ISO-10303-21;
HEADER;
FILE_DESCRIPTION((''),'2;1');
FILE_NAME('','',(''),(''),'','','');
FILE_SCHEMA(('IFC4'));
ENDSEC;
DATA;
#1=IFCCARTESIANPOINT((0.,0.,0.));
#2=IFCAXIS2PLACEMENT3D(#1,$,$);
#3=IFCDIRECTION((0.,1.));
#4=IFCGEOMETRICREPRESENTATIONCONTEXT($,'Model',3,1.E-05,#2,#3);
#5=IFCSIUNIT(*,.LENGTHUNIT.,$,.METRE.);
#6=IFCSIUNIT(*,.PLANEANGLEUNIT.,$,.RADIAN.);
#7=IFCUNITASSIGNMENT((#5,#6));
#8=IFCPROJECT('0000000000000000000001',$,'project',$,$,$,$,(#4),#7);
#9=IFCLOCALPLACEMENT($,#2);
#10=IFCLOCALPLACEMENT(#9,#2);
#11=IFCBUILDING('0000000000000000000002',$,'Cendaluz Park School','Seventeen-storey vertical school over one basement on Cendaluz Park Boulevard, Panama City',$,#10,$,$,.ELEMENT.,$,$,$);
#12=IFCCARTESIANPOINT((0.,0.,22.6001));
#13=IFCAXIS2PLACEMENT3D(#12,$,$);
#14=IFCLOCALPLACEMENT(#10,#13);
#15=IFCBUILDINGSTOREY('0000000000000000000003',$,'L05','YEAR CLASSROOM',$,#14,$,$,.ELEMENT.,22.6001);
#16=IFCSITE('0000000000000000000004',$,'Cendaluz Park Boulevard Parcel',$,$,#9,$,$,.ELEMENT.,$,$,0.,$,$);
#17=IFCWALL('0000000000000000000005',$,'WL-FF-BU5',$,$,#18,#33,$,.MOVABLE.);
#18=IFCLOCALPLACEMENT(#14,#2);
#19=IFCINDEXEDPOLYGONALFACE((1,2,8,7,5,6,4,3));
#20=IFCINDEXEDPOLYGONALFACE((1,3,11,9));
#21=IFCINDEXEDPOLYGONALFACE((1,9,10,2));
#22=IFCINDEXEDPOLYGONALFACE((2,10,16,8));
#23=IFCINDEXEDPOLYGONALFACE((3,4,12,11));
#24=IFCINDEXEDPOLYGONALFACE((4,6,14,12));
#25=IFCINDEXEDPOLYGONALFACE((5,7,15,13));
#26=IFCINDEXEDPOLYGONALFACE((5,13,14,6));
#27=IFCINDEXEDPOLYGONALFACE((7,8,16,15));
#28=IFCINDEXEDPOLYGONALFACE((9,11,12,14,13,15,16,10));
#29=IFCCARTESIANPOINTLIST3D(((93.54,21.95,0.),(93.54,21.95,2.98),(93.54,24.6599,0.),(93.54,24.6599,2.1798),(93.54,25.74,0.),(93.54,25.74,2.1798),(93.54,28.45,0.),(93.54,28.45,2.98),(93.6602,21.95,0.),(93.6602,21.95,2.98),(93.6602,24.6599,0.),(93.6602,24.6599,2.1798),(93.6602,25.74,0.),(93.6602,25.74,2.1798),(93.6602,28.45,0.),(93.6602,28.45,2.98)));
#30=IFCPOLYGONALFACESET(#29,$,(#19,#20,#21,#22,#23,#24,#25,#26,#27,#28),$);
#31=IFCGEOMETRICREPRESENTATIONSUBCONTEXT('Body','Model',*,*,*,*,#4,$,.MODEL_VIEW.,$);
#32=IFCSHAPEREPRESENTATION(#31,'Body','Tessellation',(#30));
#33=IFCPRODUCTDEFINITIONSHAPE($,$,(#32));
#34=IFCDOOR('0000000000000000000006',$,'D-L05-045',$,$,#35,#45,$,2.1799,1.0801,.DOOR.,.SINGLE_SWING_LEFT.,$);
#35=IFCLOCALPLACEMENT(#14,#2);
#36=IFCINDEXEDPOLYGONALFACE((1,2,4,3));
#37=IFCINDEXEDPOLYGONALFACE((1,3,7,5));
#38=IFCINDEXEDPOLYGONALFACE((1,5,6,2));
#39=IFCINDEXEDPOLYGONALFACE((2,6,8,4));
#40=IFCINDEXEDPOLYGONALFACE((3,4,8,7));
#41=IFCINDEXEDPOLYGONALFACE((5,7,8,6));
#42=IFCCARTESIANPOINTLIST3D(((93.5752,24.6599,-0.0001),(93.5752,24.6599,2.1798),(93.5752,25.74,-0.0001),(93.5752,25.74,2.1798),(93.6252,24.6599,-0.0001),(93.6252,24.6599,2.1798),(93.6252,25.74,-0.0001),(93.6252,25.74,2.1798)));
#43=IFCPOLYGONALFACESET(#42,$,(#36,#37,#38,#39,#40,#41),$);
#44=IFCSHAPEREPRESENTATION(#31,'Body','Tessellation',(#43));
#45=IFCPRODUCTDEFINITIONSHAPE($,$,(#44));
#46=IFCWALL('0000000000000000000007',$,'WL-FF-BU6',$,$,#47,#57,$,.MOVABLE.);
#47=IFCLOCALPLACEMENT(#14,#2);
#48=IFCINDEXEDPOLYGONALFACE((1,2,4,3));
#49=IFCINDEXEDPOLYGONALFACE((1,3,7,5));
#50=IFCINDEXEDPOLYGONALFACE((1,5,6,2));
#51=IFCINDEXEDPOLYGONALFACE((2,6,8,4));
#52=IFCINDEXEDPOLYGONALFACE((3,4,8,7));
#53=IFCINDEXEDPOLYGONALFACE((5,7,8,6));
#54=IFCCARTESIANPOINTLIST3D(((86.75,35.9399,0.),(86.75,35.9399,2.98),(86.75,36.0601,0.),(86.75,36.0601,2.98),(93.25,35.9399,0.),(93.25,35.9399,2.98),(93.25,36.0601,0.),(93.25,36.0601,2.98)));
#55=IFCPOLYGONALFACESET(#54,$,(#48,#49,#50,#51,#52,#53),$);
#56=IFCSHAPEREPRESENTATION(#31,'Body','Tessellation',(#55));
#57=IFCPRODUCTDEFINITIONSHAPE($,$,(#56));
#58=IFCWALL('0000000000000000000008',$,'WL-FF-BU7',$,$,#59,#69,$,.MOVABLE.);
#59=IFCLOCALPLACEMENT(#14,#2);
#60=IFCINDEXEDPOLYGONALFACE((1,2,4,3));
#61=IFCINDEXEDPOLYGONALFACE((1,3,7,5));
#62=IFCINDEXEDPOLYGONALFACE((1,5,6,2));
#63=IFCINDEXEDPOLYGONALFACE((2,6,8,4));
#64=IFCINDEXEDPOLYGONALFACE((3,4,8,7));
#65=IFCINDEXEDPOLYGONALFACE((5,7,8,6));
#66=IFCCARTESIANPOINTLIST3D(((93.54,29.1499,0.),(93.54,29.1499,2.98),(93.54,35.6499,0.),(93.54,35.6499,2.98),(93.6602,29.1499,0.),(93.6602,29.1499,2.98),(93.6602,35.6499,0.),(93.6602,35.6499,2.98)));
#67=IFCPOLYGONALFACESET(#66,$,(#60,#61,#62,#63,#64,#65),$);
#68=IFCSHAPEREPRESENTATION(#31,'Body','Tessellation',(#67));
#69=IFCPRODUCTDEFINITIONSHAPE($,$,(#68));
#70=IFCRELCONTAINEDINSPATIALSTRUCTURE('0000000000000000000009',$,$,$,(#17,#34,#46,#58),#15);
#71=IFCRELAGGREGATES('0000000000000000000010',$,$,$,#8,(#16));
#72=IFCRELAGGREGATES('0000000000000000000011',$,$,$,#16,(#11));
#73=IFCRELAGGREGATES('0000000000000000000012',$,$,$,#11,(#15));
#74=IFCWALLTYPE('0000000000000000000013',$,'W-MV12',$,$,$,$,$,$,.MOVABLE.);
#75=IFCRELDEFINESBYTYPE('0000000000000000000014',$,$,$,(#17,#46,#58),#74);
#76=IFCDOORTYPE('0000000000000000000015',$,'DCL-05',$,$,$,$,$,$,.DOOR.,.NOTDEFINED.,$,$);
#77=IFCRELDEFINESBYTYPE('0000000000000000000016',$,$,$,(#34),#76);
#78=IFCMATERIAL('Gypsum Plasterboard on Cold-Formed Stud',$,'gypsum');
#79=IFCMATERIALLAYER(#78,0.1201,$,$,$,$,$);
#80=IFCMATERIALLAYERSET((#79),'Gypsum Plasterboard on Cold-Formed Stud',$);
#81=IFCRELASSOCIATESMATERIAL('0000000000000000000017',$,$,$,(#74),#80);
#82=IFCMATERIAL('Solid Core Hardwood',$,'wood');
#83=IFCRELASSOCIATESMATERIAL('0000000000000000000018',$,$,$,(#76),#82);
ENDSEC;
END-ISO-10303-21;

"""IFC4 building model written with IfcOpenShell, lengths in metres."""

from ifc_helpers import new_model, si_unit, direction, frame, frame_2d, origin, place, context, subcontext, project, spatial, rectangle, extrude, material, layer, layer_set, type_object, element, fill, save


model = new_model("IFC4")

# Units and contexts
model_context = context("Model", 3, precision=1e-05, world=origin(), true_north=direction((0.0, 1.0)))
body_context = subcontext(model_context, "Body", "Model", "MODEL_VIEW")
ifc_project = project(units=[si_unit("LENGTHUNIT", "METRE"), si_unit("PLANEANGLEUNIT", "RADIAN")], contexts=[model_context])

# Site, building, storey
site_placement = place(None, origin())
site = spatial("IfcSite", under=ifc_project, at=site_placement, Name="Cendaluz Park Boulevard Parcel", CompositionType="ELEMENT", RefElevation=0.0)
building_placement = place(site_placement, origin())
building = spatial("IfcBuilding", under=site, at=building_placement, Name="Cendaluz Park School", Description="Seventeen-storey vertical school over one basement on Cendaluz Park Boulevard, Panama City", CompositionType="ELEMENT")
storey_placement = place(building_placement, frame((0.0, 0.0, 22.6001)))
storey = spatial("IfcBuildingStorey", under=building, at=storey_placement, Name="L05", Description="YEAR CLASSROOM", CompositionType="ELEMENT", Elevation=22.6001)

# Shared definitions
ifc_material_1 = material(Name="Gypsum Plasterboard on Cold-Formed Stud", Category="gypsum")

# Wall, opening, door
ifc_layer_1 = layer(ifc_material_1, 0.1201)
ifc_layer_set_1 = layer_set([ifc_layer_1], Name="Gypsum Plasterboard on Cold-Formed Stud")
wall_type_1 = type_object("IfcWallType", Name="W-MV12", PredefinedType="MOVABLE", material=ifc_layer_set_1)
wall_placement = place(storey_placement, frame((93.6001, 21.95, 0.0), z_axis=(0.0, 0.0, 1.0), x_axis=(0.0, 1.0, 0.0)))
wall = element("IfcWall", 1, at=wall_placement, inside=storey, type_object=wall_type_1, Name="WL-FF-BU5", PredefinedType="MOVABLE", context=body_context, shape_type="SweptSolid", body=[
    extrude(rectangle(XDim=6.5, YDim=0.1201, at=frame_2d((3.25, 0.0))), origin(), (0.0, 0.0, 1.0), 2.98),
])
opening_placement = place(wall_placement, frame((2.71, 0.0, 0.0)))
opening = element("IfcOpeningElement", 2, at=opening_placement, cuts=wall, PredefinedType="OPENING", context=body_context, shape_type="SweptSolid", body=[
    extrude(rectangle(XDim=1.0801, YDim=2.1799, at=frame_2d((0.54, 1.0898))), frame((0.0, 0.072, 0.0), z_axis=(0.0, -1.0, 0.0), x_axis=(1.0, 0.0, 0.0)), (0.0, 0.0, 1.0), 0.144),
])
ifc_material_2 = material(Name="Solid Core Hardwood", Category="wood")
door_type = type_object("IfcDoorType", Name="DCL-05", OperationType="NOTDEFINED", PredefinedType="DOOR", material=ifc_material_2)
door_placement = place(opening_placement, origin())
door = element("IfcDoor", 3, at=door_placement, inside=storey, type_object=door_type, Name="D-L05-045", OperationType="SINGLE_SWING_LEFT", OverallHeight=2.1799, OverallWidth=1.0801, PredefinedType="DOOR", context=body_context, shape_type="SweptSolid", body=[
    extrude(rectangle(XDim=1.0801, YDim=2.1799, at=frame_2d((0.54, 1.0898))), frame((0.0, 0.0249, 0.0), z_axis=(0.0, -1.0, 0.0), x_axis=(1.0, 0.0, 0.0)), (0.0, 0.0, 1.0), 0.05),
])
fill(opening, door)

# Walls
for number, where, z_axis, x_axis, name in (
    (4, (86.75, 36.0, 0.0), (0.0, 0.0, 1.0), (1.0, 0.0, 0.0), "WL-FF-BU6"),
    (5, (93.6001, 29.1499, 0.0), (0.0, 0.0, 1.0), (0.0, 1.0, 0.0), "WL-FF-BU7"),
):
    element("IfcWall", number, at=place(storey_placement, frame(where, z_axis=z_axis, x_axis=x_axis)), inside=storey, type_object=wall_type_1, Name=name, PredefinedType="MOVABLE", context=body_context, shape_type="SweptSolid", body=[
        extrude(rectangle(XDim=6.5, YDim=0.1201, at=frame_2d((3.25, 0.0))), origin(), (0.0, 0.0, 1.0), 2.98),
    ])

save(model, "model.ifc")
